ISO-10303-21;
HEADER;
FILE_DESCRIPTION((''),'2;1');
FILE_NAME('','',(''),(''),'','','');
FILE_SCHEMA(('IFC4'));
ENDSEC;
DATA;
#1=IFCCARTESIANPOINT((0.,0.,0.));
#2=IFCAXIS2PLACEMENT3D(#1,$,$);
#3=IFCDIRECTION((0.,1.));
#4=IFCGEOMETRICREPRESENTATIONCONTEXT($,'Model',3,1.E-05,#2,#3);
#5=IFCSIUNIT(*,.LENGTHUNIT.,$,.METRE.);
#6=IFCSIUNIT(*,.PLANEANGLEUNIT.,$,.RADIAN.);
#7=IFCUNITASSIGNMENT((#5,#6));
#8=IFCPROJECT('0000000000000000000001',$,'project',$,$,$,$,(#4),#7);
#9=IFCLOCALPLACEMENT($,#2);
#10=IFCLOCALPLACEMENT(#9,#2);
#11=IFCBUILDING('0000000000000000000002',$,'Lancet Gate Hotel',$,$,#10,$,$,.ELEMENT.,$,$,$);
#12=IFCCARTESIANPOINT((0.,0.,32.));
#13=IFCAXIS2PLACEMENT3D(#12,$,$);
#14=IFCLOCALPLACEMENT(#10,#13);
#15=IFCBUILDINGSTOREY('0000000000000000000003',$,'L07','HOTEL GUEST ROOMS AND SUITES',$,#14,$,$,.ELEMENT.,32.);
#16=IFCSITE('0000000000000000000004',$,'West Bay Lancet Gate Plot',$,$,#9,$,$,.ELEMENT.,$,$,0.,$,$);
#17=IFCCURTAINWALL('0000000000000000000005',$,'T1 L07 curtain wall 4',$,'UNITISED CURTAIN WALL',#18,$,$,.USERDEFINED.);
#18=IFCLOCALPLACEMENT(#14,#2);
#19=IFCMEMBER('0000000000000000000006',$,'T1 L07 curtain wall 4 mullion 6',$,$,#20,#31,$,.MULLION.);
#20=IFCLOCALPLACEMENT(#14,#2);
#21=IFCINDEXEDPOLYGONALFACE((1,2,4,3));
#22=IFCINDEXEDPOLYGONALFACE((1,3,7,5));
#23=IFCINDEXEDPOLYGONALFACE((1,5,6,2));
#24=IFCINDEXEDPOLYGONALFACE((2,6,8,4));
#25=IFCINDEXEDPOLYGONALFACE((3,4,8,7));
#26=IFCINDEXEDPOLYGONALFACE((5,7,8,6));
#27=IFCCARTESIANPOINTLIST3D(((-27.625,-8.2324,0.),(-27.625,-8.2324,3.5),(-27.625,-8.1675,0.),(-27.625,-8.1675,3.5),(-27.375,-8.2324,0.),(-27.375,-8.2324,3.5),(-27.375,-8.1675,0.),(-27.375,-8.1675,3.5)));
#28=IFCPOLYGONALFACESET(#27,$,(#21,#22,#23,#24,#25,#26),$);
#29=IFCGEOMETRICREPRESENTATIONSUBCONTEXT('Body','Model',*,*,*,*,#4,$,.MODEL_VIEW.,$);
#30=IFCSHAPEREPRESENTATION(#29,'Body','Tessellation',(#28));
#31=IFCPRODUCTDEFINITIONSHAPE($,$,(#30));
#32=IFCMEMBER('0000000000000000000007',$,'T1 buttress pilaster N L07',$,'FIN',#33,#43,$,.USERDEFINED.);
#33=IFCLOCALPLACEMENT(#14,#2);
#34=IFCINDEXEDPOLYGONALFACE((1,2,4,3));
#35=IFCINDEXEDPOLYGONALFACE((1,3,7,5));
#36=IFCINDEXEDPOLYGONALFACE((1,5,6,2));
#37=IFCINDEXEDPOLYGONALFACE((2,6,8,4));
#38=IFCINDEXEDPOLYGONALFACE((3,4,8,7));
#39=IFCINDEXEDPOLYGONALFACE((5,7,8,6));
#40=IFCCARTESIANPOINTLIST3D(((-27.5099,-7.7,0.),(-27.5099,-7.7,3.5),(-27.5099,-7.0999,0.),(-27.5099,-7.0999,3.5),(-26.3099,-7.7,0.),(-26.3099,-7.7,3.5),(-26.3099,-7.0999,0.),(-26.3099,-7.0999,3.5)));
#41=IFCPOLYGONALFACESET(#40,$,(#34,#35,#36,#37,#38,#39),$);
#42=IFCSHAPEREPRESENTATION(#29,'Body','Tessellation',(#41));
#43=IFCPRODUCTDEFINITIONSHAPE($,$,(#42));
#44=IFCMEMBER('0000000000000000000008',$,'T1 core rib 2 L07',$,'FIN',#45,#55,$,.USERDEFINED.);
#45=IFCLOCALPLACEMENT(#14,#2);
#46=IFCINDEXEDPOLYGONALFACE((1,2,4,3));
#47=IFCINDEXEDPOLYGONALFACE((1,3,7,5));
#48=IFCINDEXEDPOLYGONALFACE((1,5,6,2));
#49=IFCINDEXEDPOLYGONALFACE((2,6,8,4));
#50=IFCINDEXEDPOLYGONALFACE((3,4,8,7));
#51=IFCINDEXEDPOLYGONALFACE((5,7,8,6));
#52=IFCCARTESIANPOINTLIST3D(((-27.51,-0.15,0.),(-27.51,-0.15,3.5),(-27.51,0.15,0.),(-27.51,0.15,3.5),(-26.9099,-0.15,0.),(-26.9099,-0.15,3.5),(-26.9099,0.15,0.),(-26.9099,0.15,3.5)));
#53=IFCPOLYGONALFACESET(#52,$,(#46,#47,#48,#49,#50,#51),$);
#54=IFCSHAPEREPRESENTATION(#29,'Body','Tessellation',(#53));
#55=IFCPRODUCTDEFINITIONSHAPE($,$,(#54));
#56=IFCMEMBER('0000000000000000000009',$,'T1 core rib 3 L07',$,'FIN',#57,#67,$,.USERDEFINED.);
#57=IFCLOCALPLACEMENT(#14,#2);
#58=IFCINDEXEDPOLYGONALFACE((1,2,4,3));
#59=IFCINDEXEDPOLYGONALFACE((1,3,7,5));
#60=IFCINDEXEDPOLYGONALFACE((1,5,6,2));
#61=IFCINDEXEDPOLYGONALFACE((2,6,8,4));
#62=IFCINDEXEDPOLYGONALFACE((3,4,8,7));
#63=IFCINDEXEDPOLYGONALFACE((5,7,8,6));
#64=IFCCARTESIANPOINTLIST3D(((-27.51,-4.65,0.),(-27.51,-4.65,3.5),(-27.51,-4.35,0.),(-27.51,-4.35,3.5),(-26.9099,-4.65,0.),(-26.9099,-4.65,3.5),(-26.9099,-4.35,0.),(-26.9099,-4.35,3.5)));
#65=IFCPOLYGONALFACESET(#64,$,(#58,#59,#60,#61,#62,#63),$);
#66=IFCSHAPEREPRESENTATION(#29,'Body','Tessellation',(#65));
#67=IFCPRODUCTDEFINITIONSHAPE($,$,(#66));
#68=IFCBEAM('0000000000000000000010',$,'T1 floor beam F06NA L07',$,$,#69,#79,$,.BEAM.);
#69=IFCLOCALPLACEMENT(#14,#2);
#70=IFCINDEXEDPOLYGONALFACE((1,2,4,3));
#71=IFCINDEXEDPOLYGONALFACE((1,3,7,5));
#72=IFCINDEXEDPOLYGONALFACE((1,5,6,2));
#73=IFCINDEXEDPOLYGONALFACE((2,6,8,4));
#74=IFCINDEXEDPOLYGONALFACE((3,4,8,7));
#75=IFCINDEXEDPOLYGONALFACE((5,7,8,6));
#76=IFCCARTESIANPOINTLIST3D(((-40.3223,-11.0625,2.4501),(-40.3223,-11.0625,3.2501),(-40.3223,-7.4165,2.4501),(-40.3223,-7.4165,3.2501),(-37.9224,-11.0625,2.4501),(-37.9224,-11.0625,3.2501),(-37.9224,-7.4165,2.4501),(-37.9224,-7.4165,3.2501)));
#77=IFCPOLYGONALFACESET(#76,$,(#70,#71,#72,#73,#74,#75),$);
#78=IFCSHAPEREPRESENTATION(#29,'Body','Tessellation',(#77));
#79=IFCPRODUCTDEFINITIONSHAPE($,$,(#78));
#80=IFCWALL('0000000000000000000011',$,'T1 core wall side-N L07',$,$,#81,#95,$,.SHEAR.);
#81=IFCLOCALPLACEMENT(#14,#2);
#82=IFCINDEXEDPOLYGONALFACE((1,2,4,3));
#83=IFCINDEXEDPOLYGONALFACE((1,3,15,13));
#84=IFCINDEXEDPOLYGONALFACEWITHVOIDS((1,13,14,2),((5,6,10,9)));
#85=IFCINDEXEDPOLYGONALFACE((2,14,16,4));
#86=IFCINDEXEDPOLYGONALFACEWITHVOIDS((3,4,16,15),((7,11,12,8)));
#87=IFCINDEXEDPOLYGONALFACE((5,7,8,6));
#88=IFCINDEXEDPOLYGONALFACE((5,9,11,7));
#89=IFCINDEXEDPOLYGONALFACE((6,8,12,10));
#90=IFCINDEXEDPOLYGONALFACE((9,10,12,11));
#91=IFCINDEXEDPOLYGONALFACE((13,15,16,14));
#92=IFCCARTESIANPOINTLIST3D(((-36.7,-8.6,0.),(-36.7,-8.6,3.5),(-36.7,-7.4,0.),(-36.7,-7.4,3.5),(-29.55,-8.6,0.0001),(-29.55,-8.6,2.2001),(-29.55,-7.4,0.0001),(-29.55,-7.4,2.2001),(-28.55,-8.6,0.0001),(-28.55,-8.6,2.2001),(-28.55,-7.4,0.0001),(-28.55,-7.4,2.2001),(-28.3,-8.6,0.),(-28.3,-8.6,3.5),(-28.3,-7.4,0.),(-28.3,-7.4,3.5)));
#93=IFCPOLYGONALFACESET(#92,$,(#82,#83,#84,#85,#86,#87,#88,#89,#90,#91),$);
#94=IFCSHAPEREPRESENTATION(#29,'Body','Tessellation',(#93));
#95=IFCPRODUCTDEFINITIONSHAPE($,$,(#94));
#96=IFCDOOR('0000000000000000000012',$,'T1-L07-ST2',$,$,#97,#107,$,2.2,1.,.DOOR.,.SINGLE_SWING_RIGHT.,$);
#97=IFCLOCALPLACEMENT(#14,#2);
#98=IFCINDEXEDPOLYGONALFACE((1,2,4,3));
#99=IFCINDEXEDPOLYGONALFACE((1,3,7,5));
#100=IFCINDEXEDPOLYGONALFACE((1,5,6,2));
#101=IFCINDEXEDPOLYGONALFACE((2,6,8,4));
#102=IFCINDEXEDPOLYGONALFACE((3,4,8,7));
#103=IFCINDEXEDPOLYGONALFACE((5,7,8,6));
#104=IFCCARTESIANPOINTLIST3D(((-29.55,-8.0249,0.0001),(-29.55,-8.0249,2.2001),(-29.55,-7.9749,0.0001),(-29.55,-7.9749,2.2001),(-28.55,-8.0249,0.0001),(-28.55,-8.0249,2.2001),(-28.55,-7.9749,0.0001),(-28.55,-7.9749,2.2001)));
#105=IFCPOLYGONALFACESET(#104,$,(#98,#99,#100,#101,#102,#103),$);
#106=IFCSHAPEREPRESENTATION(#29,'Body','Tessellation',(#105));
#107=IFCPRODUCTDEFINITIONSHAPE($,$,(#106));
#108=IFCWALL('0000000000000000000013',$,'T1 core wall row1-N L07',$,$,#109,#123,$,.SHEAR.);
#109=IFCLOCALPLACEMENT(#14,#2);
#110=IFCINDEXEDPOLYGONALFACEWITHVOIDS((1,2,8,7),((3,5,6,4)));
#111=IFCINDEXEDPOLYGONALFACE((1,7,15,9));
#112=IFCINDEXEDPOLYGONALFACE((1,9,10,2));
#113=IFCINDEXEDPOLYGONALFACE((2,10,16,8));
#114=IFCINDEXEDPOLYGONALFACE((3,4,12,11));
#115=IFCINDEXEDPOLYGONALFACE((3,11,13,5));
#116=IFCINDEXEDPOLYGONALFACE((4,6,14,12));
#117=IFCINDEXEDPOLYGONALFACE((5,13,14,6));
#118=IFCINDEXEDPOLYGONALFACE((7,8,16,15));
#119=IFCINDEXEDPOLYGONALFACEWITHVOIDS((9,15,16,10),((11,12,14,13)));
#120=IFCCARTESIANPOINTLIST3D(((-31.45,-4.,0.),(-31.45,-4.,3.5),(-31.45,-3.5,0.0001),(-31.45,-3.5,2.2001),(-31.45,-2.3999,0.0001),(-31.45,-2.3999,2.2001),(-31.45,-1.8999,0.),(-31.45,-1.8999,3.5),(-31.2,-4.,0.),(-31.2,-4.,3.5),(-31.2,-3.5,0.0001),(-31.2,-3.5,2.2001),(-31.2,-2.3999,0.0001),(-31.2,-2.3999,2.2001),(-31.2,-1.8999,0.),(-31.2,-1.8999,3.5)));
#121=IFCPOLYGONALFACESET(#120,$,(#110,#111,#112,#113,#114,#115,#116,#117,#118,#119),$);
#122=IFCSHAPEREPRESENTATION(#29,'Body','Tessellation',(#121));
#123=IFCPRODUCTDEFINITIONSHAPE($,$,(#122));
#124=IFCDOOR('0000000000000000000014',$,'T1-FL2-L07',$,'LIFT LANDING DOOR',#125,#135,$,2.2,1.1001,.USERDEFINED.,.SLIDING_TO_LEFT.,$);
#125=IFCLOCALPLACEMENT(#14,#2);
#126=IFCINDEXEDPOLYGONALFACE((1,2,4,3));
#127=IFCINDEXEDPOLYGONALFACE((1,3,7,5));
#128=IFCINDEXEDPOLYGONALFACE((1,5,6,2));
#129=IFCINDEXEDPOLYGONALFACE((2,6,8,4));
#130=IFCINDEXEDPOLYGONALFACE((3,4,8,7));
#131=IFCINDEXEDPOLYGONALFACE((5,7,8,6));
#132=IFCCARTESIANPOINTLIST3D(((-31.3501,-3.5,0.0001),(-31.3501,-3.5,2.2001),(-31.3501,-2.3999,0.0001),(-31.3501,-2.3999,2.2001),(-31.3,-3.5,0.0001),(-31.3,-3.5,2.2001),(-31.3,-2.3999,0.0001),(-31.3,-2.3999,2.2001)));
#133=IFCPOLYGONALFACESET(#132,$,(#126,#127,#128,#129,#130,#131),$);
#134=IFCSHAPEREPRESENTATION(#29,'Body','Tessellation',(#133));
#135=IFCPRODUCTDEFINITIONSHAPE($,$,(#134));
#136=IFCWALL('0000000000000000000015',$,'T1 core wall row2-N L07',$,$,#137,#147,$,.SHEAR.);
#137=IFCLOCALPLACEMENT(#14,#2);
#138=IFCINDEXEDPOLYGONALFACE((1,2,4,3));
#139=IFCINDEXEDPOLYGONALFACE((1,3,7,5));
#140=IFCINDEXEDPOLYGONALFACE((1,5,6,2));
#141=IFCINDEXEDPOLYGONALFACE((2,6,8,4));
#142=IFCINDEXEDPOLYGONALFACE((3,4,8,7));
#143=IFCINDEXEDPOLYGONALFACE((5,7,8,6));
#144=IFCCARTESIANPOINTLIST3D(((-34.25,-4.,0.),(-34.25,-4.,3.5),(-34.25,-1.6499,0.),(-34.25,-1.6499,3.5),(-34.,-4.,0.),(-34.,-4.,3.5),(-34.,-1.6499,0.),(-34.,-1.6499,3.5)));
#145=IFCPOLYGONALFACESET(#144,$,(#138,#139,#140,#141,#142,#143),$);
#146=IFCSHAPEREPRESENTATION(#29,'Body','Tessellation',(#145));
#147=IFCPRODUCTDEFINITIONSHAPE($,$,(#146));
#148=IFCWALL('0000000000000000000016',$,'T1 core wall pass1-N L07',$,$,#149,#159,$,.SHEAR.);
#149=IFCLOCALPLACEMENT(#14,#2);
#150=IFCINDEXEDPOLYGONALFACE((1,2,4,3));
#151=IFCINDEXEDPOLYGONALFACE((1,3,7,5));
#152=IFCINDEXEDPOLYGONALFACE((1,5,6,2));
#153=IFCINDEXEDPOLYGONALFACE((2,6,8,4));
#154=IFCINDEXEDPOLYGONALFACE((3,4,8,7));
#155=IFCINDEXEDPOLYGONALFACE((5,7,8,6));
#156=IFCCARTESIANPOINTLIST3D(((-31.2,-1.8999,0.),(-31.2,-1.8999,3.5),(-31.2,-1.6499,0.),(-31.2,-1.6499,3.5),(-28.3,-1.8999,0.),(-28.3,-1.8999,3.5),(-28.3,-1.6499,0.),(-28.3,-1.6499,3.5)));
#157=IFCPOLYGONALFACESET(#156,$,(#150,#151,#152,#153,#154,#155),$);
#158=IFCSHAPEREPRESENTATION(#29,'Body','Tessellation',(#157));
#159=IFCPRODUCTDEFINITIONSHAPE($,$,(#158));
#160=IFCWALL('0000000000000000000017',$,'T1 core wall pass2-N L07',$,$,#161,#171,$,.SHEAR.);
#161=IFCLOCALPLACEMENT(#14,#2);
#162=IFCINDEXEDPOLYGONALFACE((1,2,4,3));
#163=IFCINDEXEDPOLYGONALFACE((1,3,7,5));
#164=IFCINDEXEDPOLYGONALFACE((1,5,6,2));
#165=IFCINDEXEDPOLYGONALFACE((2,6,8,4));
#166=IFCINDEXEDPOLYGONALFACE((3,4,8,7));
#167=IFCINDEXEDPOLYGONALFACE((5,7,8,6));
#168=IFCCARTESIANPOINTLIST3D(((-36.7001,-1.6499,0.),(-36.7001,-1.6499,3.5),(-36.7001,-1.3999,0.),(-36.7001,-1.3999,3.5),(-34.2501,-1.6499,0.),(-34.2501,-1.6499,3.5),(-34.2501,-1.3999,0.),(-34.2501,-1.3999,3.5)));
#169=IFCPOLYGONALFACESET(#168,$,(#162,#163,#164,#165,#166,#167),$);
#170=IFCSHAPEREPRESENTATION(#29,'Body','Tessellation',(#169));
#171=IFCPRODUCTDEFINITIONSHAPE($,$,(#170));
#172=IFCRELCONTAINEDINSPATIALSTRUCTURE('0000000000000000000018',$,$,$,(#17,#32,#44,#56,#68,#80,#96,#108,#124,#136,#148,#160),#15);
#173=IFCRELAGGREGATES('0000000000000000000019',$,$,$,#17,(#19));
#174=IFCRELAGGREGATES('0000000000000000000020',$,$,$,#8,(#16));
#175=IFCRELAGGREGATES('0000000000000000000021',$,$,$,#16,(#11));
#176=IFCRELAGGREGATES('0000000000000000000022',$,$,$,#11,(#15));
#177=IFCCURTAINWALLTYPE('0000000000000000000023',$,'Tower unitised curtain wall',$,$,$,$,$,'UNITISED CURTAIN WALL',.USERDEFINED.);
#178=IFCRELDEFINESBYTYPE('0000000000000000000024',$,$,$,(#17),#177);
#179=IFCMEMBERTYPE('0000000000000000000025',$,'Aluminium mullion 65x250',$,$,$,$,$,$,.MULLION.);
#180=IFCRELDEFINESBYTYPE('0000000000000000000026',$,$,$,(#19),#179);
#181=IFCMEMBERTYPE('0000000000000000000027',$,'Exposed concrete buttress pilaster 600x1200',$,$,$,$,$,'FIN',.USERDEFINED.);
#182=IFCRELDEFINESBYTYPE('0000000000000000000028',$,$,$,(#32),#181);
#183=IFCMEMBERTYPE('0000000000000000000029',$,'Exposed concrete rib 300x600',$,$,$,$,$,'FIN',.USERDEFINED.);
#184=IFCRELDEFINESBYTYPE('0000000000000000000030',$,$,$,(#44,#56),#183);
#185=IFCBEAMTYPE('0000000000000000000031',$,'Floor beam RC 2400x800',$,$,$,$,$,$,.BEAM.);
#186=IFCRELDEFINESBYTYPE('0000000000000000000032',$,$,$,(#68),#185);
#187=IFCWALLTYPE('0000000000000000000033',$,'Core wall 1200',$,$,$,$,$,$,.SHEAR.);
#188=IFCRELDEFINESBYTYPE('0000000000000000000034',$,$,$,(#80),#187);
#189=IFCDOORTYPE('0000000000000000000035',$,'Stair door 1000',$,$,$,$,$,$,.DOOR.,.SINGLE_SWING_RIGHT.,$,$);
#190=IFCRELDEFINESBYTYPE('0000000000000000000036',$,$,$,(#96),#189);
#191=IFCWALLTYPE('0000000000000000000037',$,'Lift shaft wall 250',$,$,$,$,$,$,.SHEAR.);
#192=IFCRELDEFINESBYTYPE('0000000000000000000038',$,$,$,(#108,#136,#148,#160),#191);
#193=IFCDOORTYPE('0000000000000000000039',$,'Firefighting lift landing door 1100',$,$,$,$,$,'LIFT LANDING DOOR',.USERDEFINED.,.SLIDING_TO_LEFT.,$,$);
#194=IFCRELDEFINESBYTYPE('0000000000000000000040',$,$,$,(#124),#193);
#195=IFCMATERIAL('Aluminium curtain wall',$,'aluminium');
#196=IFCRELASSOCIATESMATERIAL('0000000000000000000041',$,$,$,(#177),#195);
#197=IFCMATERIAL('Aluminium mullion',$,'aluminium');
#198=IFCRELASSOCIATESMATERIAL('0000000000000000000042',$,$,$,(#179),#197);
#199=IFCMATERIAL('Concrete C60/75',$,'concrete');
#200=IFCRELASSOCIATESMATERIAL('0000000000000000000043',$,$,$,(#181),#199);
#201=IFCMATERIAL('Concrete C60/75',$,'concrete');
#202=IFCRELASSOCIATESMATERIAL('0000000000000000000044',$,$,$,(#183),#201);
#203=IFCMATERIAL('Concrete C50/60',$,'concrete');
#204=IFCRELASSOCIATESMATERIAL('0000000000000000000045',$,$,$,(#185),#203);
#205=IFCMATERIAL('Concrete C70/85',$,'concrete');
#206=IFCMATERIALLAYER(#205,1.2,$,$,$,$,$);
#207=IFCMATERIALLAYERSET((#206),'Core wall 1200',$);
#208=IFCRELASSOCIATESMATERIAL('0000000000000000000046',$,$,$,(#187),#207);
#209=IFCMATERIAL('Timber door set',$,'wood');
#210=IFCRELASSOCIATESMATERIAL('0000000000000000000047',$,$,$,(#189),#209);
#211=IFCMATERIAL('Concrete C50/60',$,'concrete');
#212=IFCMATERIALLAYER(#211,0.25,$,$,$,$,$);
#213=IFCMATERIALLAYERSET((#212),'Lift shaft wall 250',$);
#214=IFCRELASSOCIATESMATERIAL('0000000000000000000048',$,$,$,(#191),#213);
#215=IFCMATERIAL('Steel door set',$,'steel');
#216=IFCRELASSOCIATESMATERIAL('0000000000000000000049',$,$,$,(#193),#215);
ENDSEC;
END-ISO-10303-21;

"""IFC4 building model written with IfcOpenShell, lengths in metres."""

from ifc_helpers import new_model, si_unit, direction, frame, frame_2d, origin, origin_2d, place, context, subcontext, project, spatial, rectangle, extrude, material, layer, layer_set, material_profile, profile_set, type_object, element, fill, aggregate, save


model = new_model("IFC4")

# Units and contexts
model_context = context("Model", 3, precision=1e-05, world=origin(), true_north=direction((0.0, 1.0)))
body_context = subcontext(model_context, "Body", "Model", "MODEL_VIEW")
ifc_project = project(units=[si_unit("LENGTHUNIT", "METRE"), si_unit("PLANEANGLEUNIT", "RADIAN")], contexts=[model_context])

# Site, building, storey
site_placement = place(None, origin())
site = spatial("IfcSite", under=ifc_project, at=site_placement, Name="West Bay Lancet Gate Plot", CompositionType="ELEMENT", RefElevation=0.0)
building_placement = place(site_placement, origin())
building = spatial("IfcBuilding", under=site, at=building_placement, Name="Lancet Gate Hotel", CompositionType="ELEMENT")
storey_placement = place(building_placement, frame((0.0, 0.0, 32.0)))
storey = spatial("IfcBuildingStorey", under=building, at=storey_placement, Name="L07", Description="HOTEL GUEST ROOMS AND SUITES", CompositionType="ELEMENT", Elevation=32.0)

# Curtain wall, member
ifc_material_1 = material(Name="Aluminium curtain wall", Category="aluminium")
curtain_wall_type = type_object("IfcCurtainWallType", Name="Tower unitised curtain wall", ElementType="UNITISED CURTAIN WALL", PredefinedType="USERDEFINED", material=ifc_material_1)
curtain_wall_placement = place(storey_placement, origin())
curtain_wall = element("IfcCurtainWall", 1, at=curtain_wall_placement, inside=storey, type_object=curtain_wall_type, Name="T1 L07 curtain wall 4", ObjectType="UNITISED CURTAIN WALL", PredefinedType="USERDEFINED")
ifc_material_2 = material(Name="Aluminium mullion", Category="aluminium")
ifc_material_profile_1 = material_profile(ifc_material_2, rectangle(XDim=0.0649, YDim=0.25, at=origin_2d()), Name="MULLION 65x250")
ifc_profile_set_1 = profile_set([ifc_material_profile_1], Name="Aluminium mullion")
member_type_1 = type_object("IfcMemberType", Name="Aluminium mullion 65x250", PredefinedType="MULLION", material=ifc_profile_set_1)
member_1_placement = place(storey_placement, frame((-27.5, -8.2, 0.0), z_axis=(0.0, 0.0, 1.0), x_axis=(0.0, 1.0, 0.0)))
member_1 = element("IfcMember", 2, at=member_1_placement, type_object=member_type_1, Name="T1 L07 curtain wall 4 mullion 6", PredefinedType="MULLION", context=body_context, shape_type="SweptSolid", body=[
    extrude(rectangle(XDim=0.0649, YDim=0.25, at=origin_2d()), origin(), (0.0, 0.0, 1.0), 3.5),
])
aggregate(curtain_wall, [member_1])

# Members
ifc_material_3 = material(Name="Concrete C60/75", Category="concrete")
ifc_material_profile_2 = material_profile(ifc_material_3, rectangle(XDim=0.6001, YDim=1.2, at=origin_2d()), Name="FIN 600x1200")
ifc_profile_set_2 = profile_set([ifc_material_profile_2], Name="Concrete C60/75")
member_type_2 = type_object("IfcMemberType", Name="Exposed concrete buttress pilaster 600x1200", ElementType="FIN", PredefinedType="USERDEFINED", material=ifc_profile_set_2)
member_2_placement = place(storey_placement, frame((-26.9099, -7.3999, 0.0), z_axis=(0.0, 0.0, 1.0), x_axis=(0.0, 1.0, 0.0)))
element("IfcMember", 3, at=member_2_placement, inside=storey, type_object=member_type_2, Name="T1 buttress pilaster N L07", ObjectType="FIN", PredefinedType="USERDEFINED", context=body_context, shape_type="SweptSolid", body=[
    extrude(rectangle(XDim=0.6001, YDim=1.2, at=origin_2d()), origin(), (0.0, 0.0, 1.0), 3.5),
])
ifc_material_4 = material(Name="Concrete C60/75", Category="concrete")
ifc_material_profile_3 = material_profile(ifc_material_4, rectangle(XDim=0.3, YDim=0.6001, at=origin_2d()), Name="FIN 300x600")
ifc_profile_set_3 = profile_set([ifc_material_profile_3], Name="Concrete C60/75")
member_type_3 = type_object("IfcMemberType", Name="Exposed concrete rib 300x600", ElementType="FIN", PredefinedType="USERDEFINED", material=ifc_profile_set_3)
for number, where, z_axis, x_axis, name in (
    (4, (-27.21, 0.0, 0.0), (0.0, 0.0, 1.0), (0.0, 1.0, 0.0), "T1 core rib 2 L07"),
    (5, (-27.21, -4.5, 0.0), (0.0, 0.0, 1.0), (0.0, 1.0, 0.0), "T1 core rib 3 L07"),
):
    element("IfcMember", number, at=place(storey_placement, frame(where, z_axis=z_axis, x_axis=x_axis)), inside=storey, type_object=member_type_3, Name=name, ObjectType="FIN", PredefinedType="USERDEFINED", context=body_context, shape_type="SweptSolid", body=[
        extrude(rectangle(XDim=0.3, YDim=0.6001, at=origin_2d()), origin(), (0.0, 0.0, 1.0), 3.5),
    ])

# Beam
ifc_material_5 = material(Name="Concrete C50/60", Category="concrete")
ifc_material_profile_4 = material_profile(ifc_material_5, rectangle(XDim=2.3999, YDim=0.8, at=origin_2d()), Name="RC 2400x800")
ifc_profile_set_4 = profile_set([ifc_material_profile_4], Name="Concrete C50/60")
beam_type = type_object("IfcBeamType", Name="Floor beam RC 2400x800", PredefinedType="BEAM", material=ifc_profile_set_4)
beam_placement = place(storey_placement, frame((-39.1223, -7.4165, 2.8501), z_axis=(0.0, -1.0, 0.0), x_axis=(1.0, 0.0, 0.0)))
element("IfcBeam", 6, at=beam_placement, inside=storey, type_object=beam_type, Name="T1 floor beam F06NA L07", PredefinedType="BEAM", context=body_context, shape_type="SweptSolid", body=[
    extrude(rectangle(XDim=2.3999, YDim=0.8, at=origin_2d()), origin(), (0.0, 0.0, 1.0), 3.646),
])

# Walls, openings, doors
ifc_material_6 = material(Name="Concrete C70/85", Category="concrete")
ifc_layer_1 = layer(ifc_material_6, 1.2)
ifc_layer_set_1 = layer_set([ifc_layer_1], Name="Core wall 1200")
wall_type_1 = type_object("IfcWallType", Name="Core wall 1200", PredefinedType="SHEAR", material=ifc_layer_set_1)
wall_1_placement = place(storey_placement, frame((-28.3, -8.0, 0.0), z_axis=(0.0, 0.0, 1.0), x_axis=(-1.0, 0.0, 0.0)))
wall_1 = element("IfcWall", 7, at=wall_1_placement, inside=storey, type_object=wall_type_1, Name="T1 core wall side-N L07", PredefinedType="SHEAR", context=body_context, shape_type="SweptSolid", body=[
    extrude(rectangle(XDim=8.3999, YDim=1.2, at=frame_2d((4.2, 0.0))), origin(), (0.0, 0.0, 1.0), 3.5),
])
opening_1_placement = place(wall_1_placement, frame((0.25, 0.0, 0.0)))
opening_1 = element("IfcOpeningElement", 8, at=opening_1_placement, cuts=wall_1, PredefinedType="OPENING", context=body_context, shape_type="SweptSolid", body=[
    extrude(rectangle(XDim=1.0, YDim=2.2, at=frame_2d((0.5, 1.1001))), frame((0.0, 0.6099, 0.0), z_axis=(0.0, -1.0, 0.0), x_axis=(1.0, 0.0, 0.0)), (0.0, 0.0, 1.0), 1.22),
])
ifc_material_7 = material(Name="Timber door set", Category="wood")
door_type_1 = type_object("IfcDoorType", Name="Stair door 1000", OperationType="SINGLE_SWING_RIGHT", PredefinedType="DOOR", material=ifc_material_7)
door_1_placement = place(opening_1_placement, origin())
door_1 = element("IfcDoor", 9, at=door_1_placement, inside=storey, type_object=door_type_1, Name="T1-L07-ST2", OperationType="SINGLE_SWING_RIGHT", OverallHeight=2.2, OverallWidth=1.0, PredefinedType="DOOR", context=body_context, shape_type="SweptSolid", body=[
    extrude(rectangle(XDim=1.0, YDim=2.2, at=frame_2d((0.5, 1.1001))), frame((0.0, 0.0249, 0.0), z_axis=(0.0, -1.0, 0.0), x_axis=(1.0, 0.0, 0.0)), (0.0, 0.0, 1.0), 0.05),
])
fill(opening_1, door_1)
ifc_material_8 = material(Name="Concrete C50/60", Category="concrete")
ifc_layer_2 = layer(ifc_material_8, 0.25)
ifc_layer_set_2 = layer_set([ifc_layer_2], Name="Lift shaft wall 250")
wall_type_2 = type_object("IfcWallType", Name="Lift shaft wall 250", PredefinedType="SHEAR", material=ifc_layer_set_2)
wall_2_placement = place(storey_placement, frame((-31.325, -1.8999, 0.0), z_axis=(0.0, 0.0, 1.0), x_axis=(0.0, -1.0, 0.0)))
wall_2 = element("IfcWall", 10, at=wall_2_placement, inside=storey, type_object=wall_type_2, Name="T1 core wall row1-N L07", PredefinedType="SHEAR", context=body_context, shape_type="SweptSolid", body=[
    extrude(rectangle(XDim=2.1001, YDim=0.25, at=frame_2d((1.05, 0.0))), origin(), (0.0, 0.0, 1.0), 3.5),
])
opening_2_placement = place(wall_2_placement, frame((0.5, 0.0, 0.0)))
opening_2 = element("IfcOpeningElement", 11, at=opening_2_placement, cuts=wall_2, PredefinedType="OPENING", context=body_context, shape_type="SweptSolid", body=[
    extrude(rectangle(XDim=1.1001, YDim=2.2, at=frame_2d((0.55, 1.1001))), frame((0.0, 0.135, 0.0), z_axis=(0.0, -1.0, 0.0), x_axis=(1.0, 0.0, 0.0)), (0.0, 0.0, 1.0), 0.27),
])
ifc_material_9 = material(Name="Steel door set", Category="steel")
door_type_2 = type_object("IfcDoorType", Name="Firefighting lift landing door 1100", ElementType="LIFT LANDING DOOR", OperationType="SLIDING_TO_LEFT", PredefinedType="USERDEFINED", material=ifc_material_9)
door_2_placement = place(opening_2_placement, origin())
door_2 = element("IfcDoor", 12, at=door_2_placement, inside=storey, type_object=door_type_2, Name="T1-FL2-L07", ObjectType="LIFT LANDING DOOR", OperationType="SLIDING_TO_LEFT", OverallHeight=2.2, OverallWidth=1.1001, PredefinedType="USERDEFINED", context=body_context, shape_type="SweptSolid", body=[
    extrude(rectangle(XDim=1.1001, YDim=2.2, at=frame_2d((0.55, 1.1001))), frame((0.0, 0.0249, 0.0), z_axis=(0.0, -1.0, 0.0), x_axis=(1.0, 0.0, 0.0)), (0.0, 0.0, 1.0), 0.05),
])
fill(opening_2, door_2)

# Walls
wall_3_placement = place(storey_placement, frame((-34.125, -1.6499, 0.0), z_axis=(0.0, 0.0, 1.0), x_axis=(0.0, -1.0, 0.0)))
element("IfcWall", 13, at=wall_3_placement, inside=storey, type_object=wall_type_2, Name="T1 core wall row2-N L07", PredefinedType="SHEAR", context=body_context, shape_type="SweptSolid", body=[
    extrude(rectangle(XDim=2.3501, YDim=0.25, at=frame_2d((1.175, 0.0))), origin(), (0.0, 0.0, 1.0), 3.5),
])
wall_4_placement = place(storey_placement, frame((-28.3, -1.7749, 0.0), z_axis=(0.0, 0.0, 1.0), x_axis=(-1.0, 0.0, 0.0)))
element("IfcWall", 14, at=wall_4_placement, inside=storey, type_object=wall_type_2, Name="T1 core wall pass1-N L07", PredefinedType="SHEAR", context=body_context, shape_type="SweptSolid", body=[
    extrude(rectangle(XDim=2.8999, YDim=0.25, at=frame_2d((1.45, 0.0))), origin(), (0.0, 0.0, 1.0), 3.5),
])
wall_5_placement = place(storey_placement, frame((-34.25, -1.5249, 0.0), z_axis=(0.0, 0.0, 1.0), x_axis=(-1.0, 0.0, 0.0)))
element("IfcWall", 15, at=wall_5_placement, inside=storey, type_object=wall_type_2, Name="T1 core wall pass2-N L07", PredefinedType="SHEAR", context=body_context, shape_type="SweptSolid", body=[
    extrude(rectangle(XDim=2.45, YDim=0.25, at=frame_2d((1.2251, 0.0))), origin(), (0.0, 0.0, 1.0), 3.5),
])

save(model, "model.ifc")
